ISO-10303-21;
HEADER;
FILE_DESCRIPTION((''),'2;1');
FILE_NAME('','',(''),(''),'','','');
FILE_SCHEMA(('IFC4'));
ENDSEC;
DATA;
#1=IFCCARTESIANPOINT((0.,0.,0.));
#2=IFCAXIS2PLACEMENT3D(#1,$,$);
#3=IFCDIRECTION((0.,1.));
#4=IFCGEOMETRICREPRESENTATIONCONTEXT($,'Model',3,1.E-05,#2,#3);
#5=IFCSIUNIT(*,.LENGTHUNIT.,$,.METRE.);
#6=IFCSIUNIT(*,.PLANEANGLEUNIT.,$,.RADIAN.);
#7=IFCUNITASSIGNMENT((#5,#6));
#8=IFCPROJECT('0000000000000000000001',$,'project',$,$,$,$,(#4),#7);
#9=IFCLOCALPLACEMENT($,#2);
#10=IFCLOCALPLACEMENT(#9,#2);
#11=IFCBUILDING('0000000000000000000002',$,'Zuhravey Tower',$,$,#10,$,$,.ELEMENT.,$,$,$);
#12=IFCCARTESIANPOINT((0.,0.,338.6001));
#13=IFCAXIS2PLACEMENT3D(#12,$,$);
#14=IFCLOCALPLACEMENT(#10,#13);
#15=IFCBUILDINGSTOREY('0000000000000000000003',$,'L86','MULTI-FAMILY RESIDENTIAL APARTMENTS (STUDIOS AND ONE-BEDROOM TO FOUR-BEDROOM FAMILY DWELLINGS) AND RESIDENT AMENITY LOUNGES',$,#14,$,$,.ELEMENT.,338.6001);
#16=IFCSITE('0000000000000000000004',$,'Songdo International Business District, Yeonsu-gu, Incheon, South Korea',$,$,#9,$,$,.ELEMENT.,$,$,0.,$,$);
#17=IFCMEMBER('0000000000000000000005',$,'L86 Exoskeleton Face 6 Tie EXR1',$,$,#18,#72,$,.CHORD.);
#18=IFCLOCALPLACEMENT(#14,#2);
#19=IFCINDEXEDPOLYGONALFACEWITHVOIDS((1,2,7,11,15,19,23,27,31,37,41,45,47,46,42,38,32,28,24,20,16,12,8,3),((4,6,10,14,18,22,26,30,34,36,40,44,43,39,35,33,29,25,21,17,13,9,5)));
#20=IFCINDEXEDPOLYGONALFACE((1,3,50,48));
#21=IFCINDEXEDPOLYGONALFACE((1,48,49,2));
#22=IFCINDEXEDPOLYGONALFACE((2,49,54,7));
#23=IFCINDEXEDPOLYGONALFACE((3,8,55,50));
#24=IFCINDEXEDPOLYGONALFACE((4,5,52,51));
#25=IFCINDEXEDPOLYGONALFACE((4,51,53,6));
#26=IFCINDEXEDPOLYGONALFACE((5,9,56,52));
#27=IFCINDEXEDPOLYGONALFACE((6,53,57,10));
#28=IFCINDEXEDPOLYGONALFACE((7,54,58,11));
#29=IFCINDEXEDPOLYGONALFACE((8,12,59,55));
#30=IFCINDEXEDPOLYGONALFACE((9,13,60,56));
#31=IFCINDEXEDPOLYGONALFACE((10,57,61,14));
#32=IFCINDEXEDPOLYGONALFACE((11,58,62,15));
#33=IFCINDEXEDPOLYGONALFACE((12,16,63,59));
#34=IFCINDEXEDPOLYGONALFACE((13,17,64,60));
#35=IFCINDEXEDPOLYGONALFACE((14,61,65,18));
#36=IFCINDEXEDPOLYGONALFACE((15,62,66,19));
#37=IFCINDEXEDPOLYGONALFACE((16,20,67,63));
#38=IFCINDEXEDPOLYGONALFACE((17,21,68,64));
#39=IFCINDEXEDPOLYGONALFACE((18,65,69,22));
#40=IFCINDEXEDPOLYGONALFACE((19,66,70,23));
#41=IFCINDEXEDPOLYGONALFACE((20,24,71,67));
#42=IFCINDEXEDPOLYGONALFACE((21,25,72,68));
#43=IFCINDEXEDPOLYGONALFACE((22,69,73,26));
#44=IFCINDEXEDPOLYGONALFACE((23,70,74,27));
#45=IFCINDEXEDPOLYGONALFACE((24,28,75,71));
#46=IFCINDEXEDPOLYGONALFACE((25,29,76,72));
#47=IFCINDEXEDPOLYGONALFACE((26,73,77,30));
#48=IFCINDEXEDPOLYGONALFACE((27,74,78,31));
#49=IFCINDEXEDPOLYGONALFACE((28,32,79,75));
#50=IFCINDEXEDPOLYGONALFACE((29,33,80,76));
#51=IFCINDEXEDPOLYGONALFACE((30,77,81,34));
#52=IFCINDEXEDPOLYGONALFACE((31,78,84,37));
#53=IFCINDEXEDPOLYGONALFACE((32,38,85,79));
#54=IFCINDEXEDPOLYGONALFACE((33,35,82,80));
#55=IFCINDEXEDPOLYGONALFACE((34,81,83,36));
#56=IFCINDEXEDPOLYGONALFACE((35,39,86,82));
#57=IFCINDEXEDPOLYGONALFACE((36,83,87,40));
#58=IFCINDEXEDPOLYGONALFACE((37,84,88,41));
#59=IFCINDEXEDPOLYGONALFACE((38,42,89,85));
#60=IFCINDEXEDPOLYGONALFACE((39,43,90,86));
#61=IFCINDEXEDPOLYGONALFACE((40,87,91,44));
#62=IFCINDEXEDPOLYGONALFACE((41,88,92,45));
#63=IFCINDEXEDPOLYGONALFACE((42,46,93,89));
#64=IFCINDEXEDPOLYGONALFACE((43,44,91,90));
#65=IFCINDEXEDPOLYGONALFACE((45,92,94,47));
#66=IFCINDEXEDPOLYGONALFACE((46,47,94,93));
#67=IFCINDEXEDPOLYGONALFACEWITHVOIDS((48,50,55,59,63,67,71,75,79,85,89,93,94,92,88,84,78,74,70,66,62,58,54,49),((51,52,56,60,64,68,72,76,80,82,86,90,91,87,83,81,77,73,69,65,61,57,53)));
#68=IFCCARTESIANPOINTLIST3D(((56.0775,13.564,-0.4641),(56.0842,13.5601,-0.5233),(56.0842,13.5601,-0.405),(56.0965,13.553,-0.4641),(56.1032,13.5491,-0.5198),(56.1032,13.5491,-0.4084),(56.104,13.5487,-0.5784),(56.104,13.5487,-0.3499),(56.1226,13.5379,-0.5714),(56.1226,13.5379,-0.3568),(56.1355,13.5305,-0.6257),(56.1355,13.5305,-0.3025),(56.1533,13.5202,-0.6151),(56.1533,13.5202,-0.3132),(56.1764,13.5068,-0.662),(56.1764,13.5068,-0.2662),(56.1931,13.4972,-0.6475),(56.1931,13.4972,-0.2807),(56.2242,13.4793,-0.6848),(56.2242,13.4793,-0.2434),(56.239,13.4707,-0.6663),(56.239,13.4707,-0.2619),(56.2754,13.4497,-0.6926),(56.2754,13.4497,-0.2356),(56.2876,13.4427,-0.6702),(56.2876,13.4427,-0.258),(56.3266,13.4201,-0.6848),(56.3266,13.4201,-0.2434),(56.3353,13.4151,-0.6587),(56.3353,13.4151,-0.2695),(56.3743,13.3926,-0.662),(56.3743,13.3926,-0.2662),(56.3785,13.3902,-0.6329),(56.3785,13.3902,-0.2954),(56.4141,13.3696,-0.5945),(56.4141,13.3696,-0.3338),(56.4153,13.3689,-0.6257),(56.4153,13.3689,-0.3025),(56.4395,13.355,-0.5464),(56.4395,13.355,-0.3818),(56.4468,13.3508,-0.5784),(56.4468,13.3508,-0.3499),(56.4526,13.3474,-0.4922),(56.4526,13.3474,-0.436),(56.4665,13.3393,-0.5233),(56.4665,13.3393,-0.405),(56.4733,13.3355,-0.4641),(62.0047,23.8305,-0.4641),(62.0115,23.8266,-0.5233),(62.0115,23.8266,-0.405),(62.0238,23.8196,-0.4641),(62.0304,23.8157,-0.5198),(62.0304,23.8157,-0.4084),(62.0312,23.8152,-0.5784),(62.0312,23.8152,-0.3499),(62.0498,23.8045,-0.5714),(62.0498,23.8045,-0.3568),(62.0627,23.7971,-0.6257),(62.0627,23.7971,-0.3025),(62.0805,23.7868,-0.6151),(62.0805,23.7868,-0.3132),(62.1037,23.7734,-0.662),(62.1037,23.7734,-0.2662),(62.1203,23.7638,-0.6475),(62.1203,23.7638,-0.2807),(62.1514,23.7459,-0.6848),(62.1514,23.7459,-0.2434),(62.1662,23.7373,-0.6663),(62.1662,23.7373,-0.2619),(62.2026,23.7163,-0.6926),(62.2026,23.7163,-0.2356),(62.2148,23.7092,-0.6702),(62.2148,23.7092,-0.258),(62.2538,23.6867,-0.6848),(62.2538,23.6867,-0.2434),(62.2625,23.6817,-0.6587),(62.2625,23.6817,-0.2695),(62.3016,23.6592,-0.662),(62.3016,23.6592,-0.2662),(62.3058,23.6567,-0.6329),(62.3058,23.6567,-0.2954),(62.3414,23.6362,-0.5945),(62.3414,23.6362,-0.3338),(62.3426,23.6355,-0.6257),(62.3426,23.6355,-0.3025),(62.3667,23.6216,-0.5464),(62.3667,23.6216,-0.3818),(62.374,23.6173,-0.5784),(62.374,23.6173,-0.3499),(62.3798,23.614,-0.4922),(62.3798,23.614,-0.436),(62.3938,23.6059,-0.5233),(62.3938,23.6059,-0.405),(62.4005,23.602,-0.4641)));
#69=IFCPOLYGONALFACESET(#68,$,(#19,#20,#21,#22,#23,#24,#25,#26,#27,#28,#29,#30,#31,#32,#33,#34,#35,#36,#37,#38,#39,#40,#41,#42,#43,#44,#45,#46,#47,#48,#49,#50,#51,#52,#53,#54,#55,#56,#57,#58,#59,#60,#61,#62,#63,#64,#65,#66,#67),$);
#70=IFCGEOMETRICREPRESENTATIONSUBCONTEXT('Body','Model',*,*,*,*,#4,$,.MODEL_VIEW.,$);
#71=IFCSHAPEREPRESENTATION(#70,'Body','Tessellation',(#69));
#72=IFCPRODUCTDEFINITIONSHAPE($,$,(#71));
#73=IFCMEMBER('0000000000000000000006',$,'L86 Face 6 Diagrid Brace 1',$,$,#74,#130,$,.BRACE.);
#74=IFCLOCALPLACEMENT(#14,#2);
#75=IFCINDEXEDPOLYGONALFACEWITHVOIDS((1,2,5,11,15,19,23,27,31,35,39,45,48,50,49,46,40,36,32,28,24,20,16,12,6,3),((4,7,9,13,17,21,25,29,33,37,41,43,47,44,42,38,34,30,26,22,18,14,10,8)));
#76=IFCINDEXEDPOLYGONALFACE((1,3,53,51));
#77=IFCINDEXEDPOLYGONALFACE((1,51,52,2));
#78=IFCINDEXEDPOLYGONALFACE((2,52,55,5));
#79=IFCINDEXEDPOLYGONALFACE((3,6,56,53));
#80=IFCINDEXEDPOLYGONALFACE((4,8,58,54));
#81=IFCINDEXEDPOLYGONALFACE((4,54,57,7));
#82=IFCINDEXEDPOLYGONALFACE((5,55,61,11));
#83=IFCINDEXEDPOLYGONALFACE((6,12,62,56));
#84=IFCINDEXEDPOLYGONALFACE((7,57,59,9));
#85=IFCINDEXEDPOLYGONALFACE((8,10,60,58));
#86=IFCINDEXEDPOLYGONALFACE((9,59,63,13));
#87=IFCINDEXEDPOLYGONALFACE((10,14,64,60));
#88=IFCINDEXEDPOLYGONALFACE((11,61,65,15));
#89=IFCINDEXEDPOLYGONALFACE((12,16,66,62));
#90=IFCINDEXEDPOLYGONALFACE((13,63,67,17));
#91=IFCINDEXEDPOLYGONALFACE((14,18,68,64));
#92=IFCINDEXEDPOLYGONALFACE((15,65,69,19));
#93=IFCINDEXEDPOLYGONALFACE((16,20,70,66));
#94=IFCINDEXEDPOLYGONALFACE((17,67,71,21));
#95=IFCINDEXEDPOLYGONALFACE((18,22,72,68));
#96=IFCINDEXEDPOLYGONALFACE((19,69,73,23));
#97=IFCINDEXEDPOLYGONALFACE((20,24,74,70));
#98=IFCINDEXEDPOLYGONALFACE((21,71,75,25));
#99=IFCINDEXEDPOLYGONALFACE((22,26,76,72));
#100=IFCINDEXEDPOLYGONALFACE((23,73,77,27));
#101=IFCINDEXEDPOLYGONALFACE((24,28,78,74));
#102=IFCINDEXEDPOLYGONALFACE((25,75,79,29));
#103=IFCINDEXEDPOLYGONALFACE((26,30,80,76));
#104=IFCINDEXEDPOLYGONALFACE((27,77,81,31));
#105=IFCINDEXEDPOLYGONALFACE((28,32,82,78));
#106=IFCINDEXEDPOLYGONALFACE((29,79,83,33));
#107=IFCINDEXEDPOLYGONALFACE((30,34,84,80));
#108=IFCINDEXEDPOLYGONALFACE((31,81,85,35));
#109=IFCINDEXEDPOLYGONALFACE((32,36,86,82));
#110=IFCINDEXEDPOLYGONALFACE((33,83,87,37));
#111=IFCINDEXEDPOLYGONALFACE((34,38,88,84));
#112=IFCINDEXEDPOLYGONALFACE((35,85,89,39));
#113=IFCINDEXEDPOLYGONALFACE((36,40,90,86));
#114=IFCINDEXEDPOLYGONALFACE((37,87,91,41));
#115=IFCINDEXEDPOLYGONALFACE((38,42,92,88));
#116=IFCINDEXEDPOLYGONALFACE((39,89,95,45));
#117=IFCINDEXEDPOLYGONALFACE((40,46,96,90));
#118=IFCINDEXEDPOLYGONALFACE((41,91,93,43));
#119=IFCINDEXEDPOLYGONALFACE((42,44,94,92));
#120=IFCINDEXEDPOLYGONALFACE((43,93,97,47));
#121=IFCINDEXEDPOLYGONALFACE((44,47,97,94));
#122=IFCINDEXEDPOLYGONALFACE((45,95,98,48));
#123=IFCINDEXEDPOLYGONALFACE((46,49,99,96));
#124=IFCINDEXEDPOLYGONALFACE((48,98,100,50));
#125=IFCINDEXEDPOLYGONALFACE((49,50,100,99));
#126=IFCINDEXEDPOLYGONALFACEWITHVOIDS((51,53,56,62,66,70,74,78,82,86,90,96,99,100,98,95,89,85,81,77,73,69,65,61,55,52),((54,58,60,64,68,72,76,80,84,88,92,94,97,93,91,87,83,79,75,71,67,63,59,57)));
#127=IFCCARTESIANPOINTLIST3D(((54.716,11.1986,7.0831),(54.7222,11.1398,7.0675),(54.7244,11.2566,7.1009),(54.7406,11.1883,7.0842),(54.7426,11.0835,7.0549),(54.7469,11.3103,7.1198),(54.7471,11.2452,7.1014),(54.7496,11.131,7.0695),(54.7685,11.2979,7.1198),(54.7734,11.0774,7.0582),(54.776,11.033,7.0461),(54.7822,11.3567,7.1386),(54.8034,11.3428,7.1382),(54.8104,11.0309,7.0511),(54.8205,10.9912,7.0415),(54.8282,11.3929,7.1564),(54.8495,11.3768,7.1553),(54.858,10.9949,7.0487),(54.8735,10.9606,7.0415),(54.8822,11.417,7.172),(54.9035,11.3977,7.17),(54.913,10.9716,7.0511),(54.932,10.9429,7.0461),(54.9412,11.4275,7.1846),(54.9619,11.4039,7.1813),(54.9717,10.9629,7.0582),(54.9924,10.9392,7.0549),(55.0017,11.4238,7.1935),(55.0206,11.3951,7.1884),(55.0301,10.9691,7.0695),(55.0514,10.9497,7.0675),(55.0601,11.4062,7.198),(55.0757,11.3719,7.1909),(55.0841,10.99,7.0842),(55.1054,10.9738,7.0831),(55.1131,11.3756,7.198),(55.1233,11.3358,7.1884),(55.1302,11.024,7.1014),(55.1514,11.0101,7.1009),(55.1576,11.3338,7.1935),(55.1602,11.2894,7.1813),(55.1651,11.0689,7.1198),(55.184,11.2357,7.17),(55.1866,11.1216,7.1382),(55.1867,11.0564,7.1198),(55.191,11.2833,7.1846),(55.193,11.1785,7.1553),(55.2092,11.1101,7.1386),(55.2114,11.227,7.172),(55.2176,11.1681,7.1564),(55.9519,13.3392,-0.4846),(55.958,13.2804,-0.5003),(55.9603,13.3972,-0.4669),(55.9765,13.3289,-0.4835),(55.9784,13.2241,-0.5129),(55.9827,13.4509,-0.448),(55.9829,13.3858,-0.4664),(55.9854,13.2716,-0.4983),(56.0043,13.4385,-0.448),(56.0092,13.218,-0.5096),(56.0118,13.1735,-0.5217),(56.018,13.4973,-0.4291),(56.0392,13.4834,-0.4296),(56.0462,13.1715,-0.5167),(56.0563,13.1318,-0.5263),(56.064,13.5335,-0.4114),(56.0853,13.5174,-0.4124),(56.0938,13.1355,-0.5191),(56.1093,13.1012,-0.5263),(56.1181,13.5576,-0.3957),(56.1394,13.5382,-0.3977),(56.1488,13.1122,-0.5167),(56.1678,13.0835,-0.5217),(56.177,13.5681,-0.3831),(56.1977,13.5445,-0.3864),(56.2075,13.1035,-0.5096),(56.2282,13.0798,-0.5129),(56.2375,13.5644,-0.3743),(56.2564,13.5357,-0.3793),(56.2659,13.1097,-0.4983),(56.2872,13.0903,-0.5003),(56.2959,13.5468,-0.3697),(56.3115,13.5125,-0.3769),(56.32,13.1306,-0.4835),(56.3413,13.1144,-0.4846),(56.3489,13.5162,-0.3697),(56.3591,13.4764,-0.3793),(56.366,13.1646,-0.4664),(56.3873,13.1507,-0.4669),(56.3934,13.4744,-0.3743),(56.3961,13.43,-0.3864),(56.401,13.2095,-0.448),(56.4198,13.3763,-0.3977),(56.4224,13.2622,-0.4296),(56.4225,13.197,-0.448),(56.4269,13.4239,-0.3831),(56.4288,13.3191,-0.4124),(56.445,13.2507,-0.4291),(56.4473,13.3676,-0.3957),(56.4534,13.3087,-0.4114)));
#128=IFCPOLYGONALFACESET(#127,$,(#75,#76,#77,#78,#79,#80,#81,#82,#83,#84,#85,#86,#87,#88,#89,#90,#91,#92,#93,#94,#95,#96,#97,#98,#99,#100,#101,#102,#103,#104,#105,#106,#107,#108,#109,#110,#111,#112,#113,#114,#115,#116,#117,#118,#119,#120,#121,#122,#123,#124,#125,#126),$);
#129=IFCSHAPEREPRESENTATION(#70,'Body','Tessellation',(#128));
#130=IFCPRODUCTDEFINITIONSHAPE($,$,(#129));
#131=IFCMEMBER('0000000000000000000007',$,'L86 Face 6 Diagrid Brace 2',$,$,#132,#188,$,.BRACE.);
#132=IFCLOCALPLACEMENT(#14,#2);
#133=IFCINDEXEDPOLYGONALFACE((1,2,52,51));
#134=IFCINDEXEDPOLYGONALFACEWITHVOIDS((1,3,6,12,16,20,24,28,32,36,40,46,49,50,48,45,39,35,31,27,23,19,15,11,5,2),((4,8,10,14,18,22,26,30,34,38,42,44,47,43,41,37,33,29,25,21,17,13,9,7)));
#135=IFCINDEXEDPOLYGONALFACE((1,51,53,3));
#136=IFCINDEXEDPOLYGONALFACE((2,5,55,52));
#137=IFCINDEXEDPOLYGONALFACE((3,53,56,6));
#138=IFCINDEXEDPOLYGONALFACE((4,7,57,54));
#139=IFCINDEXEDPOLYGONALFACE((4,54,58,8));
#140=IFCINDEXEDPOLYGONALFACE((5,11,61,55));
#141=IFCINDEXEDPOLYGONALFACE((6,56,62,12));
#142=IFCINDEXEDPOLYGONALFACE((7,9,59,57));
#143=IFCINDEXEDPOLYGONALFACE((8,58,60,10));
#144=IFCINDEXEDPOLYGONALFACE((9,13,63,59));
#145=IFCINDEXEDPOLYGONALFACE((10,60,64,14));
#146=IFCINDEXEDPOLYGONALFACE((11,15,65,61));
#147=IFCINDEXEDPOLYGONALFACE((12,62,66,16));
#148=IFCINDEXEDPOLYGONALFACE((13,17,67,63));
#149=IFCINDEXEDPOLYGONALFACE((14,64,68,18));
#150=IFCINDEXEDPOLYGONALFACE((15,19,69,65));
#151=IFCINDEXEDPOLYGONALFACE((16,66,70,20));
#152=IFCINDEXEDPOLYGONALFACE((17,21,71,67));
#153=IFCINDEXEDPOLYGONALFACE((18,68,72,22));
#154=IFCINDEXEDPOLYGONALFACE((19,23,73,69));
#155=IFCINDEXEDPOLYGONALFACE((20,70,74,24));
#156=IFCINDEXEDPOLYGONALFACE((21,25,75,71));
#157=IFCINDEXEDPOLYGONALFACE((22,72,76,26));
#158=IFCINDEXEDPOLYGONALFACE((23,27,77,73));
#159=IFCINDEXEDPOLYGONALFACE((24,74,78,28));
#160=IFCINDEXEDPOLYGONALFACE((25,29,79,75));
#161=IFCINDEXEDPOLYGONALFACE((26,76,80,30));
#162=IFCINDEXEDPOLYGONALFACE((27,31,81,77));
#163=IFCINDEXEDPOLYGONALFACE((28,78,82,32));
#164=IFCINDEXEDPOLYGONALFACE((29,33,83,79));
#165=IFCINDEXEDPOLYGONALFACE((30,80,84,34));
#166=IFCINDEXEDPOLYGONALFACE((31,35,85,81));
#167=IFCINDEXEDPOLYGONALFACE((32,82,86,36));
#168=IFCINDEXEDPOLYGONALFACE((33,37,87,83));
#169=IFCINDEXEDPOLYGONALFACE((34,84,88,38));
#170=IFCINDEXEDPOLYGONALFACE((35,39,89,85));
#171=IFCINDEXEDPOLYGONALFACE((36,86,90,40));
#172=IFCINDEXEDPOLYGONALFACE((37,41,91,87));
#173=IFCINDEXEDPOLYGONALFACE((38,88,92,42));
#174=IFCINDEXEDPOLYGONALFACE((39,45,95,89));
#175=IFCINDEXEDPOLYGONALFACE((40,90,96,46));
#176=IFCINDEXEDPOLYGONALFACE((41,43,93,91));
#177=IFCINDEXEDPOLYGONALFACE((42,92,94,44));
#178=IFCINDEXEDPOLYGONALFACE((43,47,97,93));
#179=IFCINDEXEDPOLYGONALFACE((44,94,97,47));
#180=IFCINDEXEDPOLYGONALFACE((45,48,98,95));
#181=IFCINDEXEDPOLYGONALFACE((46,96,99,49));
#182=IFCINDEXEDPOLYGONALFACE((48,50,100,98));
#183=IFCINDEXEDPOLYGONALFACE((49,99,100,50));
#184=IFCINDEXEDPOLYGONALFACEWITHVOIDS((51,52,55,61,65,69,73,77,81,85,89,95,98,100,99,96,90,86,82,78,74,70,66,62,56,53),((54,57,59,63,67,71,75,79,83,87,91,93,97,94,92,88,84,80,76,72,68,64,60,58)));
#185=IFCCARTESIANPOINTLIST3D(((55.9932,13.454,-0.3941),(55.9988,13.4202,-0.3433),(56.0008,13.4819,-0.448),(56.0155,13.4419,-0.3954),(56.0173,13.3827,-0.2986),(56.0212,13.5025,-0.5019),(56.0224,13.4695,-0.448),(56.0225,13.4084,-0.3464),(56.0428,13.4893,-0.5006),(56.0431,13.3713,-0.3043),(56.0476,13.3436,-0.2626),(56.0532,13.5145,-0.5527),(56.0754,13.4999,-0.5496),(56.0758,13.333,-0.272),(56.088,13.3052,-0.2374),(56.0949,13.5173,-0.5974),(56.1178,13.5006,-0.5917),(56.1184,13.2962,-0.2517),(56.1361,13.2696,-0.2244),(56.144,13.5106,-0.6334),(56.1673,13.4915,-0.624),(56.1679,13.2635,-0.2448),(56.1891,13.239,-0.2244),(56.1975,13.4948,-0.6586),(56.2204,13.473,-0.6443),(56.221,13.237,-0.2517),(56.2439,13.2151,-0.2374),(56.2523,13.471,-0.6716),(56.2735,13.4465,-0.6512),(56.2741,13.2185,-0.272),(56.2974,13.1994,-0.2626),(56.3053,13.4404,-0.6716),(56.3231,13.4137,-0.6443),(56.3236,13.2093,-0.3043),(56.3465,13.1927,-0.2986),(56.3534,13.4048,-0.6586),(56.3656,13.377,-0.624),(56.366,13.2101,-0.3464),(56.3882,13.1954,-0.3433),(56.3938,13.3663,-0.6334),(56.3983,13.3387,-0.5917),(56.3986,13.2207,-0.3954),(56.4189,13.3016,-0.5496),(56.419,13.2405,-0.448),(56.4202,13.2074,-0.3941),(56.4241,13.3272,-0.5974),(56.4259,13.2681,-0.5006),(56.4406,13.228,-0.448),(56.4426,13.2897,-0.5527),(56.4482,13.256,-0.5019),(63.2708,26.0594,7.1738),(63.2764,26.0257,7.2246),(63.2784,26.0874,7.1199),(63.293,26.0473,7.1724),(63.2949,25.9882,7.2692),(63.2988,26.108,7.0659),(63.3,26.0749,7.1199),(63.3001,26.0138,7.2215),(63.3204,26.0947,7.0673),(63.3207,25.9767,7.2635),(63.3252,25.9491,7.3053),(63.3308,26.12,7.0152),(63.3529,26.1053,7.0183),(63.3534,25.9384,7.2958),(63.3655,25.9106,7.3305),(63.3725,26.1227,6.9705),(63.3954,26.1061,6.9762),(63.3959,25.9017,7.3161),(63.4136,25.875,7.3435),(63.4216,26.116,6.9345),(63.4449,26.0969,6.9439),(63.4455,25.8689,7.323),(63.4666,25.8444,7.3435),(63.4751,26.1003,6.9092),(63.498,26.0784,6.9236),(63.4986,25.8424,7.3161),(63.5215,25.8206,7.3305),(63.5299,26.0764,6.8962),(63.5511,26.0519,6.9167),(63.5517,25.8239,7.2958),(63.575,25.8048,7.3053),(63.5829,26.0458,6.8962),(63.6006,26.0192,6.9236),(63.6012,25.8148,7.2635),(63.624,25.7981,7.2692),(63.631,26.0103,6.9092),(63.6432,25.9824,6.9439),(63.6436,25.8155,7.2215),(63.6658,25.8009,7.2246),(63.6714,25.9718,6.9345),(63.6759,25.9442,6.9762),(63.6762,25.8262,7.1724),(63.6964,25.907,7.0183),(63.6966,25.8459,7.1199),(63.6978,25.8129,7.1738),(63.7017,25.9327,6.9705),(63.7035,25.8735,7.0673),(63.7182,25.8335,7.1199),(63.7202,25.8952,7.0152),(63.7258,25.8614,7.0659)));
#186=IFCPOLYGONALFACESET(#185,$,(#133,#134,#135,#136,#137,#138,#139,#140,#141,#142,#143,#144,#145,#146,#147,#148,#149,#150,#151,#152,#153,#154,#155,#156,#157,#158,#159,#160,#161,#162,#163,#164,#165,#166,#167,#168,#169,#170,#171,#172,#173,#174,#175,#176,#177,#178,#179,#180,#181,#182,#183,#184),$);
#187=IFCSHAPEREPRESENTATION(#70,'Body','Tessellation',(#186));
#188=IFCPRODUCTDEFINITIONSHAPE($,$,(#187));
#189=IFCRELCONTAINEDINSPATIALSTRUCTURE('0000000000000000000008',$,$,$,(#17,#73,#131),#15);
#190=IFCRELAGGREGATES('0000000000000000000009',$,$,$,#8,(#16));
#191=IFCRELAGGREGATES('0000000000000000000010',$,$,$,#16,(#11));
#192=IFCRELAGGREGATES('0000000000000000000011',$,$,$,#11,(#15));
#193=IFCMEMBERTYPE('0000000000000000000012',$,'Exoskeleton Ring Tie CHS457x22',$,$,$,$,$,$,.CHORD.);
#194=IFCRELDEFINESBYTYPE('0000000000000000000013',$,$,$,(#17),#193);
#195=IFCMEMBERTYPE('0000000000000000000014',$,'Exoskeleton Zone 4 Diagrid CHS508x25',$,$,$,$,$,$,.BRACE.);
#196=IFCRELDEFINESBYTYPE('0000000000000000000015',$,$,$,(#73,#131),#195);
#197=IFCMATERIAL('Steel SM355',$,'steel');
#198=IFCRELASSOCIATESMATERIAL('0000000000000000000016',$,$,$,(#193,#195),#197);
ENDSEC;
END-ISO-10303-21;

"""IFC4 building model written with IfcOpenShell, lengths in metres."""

from ifc_helpers import new_model, si_unit, direction, frame, origin, origin_2d, place, context, subcontext, project, spatial, hollow_circle, extrude, material, material_profile, profile_set, type_object, element, save


model = new_model("IFC4")

# Units and contexts
model_context = context("Model", 3, precision=1e-05, world=origin(), true_north=direction((0.0, 1.0)))
body_context = subcontext(model_context, "Body", "Model", "MODEL_VIEW")
ifc_project = project(units=[si_unit("LENGTHUNIT", "METRE"), si_unit("PLANEANGLEUNIT", "RADIAN")], contexts=[model_context])

# Site, building, storey
site_placement = place(None, origin())
site = spatial("IfcSite", under=ifc_project, at=site_placement, Name="Songdo International Business District, Yeonsu-gu, Incheon, South Korea", CompositionType="ELEMENT", RefElevation=0.0)
building_placement = place(site_placement, origin())
building = spatial("IfcBuilding", under=site, at=building_placement, Name="Zuhravey Tower", CompositionType="ELEMENT")
storey_placement = place(building_placement, frame((0.0, 0.0, 338.6001)))
storey = spatial("IfcBuildingStorey", under=building, at=storey_placement, Name="L86", Description="MULTI-FAMILY RESIDENTIAL APARTMENTS (STUDIOS AND ONE-BEDROOM TO FOUR-BEDROOM FAMILY DWELLINGS) AND RESIDENT AMENITY LOUNGES", CompositionType="ELEMENT", Elevation=338.6001)

# Members
ifc_material_1 = material(Name="Steel SM355", Category="steel")
ifc_material_profile_1 = material_profile(ifc_material_1, hollow_circle(Radius=0.2285, WallThickness=0.022, at=origin_2d()), Name="CHS-457.2x22")
ifc_profile_set_1 = profile_set([ifc_material_profile_1], Name="Steel SM355")
member_type_1 = type_object("IfcMemberType", Name="Exoskeleton Ring Tie CHS457x22", PredefinedType="CHORD", material=ifc_profile_set_1)
member_1_placement = place(storey_placement, frame((56.2754, 13.4497, -0.4641), z_axis=(0.499989, 0.866032, 0.0), x_axis=(-0.866032, 0.499989, 0.0)))
element("IfcMember", 1, at=member_1_placement, inside=storey, type_object=member_type_1, Name="L86 Exoskeleton Face 6 Tie EXR1", PredefinedType="CHORD", context=body_context, shape_type="SweptSolid", body=[
    extrude(hollow_circle(Radius=0.2285, WallThickness=0.022, at=origin_2d()), origin(), (0.0, 0.0, 1.0), 11.8547),
])
ifc_material_profile_2 = material_profile(ifc_material_1, hollow_circle(Radius=0.2539, WallThickness=0.0249, at=origin_2d()), Name="CHS-508.0x25")
ifc_profile_set_2 = profile_set([ifc_material_profile_2], Name="Steel SM355")
member_type_2 = type_object("IfcMemberType", Name="Exoskeleton Zone 4 Diagrid CHS508x25", PredefinedType="BRACE", material=ifc_profile_set_2)
member_2_placement = place(storey_placement, frame((56.2026, 13.324, -0.448), z_axis=(-0.155231, -0.268879, 0.950583), x_axis=(0.866034, -0.499985, 0.0)))
element("IfcMember", 2, at=member_2_placement, inside=storey, type_object=member_type_2, Name="L86 Face 6 Diagrid Brace 1", PredefinedType="BRACE", context=body_context, shape_type="SweptSolid", body=[
    extrude(hollow_circle(Radius=0.2539, WallThickness=0.0249, at=origin_2d()), origin(), (0.0, 0.0, 1.0), 7.9612),
])
member_3_placement = place(storey_placement, frame((56.2207, 13.355, -0.448), z_axis=(0.443612, 0.768378, 0.461307), x_axis=(-0.866031, 0.499991, 0.0)))
element("IfcMember", 3, at=member_3_placement, inside=storey, type_object=member_type_2, Name="L86 Face 6 Diagrid Brace 2", PredefinedType="BRACE", context=body_context, shape_type="SweptSolid", body=[
    extrude(hollow_circle(Radius=0.2539, WallThickness=0.0249, at=origin_2d()), origin(), (0.0, 0.0, 1.0), 16.4053),
])

save(model, "model.ifc")
